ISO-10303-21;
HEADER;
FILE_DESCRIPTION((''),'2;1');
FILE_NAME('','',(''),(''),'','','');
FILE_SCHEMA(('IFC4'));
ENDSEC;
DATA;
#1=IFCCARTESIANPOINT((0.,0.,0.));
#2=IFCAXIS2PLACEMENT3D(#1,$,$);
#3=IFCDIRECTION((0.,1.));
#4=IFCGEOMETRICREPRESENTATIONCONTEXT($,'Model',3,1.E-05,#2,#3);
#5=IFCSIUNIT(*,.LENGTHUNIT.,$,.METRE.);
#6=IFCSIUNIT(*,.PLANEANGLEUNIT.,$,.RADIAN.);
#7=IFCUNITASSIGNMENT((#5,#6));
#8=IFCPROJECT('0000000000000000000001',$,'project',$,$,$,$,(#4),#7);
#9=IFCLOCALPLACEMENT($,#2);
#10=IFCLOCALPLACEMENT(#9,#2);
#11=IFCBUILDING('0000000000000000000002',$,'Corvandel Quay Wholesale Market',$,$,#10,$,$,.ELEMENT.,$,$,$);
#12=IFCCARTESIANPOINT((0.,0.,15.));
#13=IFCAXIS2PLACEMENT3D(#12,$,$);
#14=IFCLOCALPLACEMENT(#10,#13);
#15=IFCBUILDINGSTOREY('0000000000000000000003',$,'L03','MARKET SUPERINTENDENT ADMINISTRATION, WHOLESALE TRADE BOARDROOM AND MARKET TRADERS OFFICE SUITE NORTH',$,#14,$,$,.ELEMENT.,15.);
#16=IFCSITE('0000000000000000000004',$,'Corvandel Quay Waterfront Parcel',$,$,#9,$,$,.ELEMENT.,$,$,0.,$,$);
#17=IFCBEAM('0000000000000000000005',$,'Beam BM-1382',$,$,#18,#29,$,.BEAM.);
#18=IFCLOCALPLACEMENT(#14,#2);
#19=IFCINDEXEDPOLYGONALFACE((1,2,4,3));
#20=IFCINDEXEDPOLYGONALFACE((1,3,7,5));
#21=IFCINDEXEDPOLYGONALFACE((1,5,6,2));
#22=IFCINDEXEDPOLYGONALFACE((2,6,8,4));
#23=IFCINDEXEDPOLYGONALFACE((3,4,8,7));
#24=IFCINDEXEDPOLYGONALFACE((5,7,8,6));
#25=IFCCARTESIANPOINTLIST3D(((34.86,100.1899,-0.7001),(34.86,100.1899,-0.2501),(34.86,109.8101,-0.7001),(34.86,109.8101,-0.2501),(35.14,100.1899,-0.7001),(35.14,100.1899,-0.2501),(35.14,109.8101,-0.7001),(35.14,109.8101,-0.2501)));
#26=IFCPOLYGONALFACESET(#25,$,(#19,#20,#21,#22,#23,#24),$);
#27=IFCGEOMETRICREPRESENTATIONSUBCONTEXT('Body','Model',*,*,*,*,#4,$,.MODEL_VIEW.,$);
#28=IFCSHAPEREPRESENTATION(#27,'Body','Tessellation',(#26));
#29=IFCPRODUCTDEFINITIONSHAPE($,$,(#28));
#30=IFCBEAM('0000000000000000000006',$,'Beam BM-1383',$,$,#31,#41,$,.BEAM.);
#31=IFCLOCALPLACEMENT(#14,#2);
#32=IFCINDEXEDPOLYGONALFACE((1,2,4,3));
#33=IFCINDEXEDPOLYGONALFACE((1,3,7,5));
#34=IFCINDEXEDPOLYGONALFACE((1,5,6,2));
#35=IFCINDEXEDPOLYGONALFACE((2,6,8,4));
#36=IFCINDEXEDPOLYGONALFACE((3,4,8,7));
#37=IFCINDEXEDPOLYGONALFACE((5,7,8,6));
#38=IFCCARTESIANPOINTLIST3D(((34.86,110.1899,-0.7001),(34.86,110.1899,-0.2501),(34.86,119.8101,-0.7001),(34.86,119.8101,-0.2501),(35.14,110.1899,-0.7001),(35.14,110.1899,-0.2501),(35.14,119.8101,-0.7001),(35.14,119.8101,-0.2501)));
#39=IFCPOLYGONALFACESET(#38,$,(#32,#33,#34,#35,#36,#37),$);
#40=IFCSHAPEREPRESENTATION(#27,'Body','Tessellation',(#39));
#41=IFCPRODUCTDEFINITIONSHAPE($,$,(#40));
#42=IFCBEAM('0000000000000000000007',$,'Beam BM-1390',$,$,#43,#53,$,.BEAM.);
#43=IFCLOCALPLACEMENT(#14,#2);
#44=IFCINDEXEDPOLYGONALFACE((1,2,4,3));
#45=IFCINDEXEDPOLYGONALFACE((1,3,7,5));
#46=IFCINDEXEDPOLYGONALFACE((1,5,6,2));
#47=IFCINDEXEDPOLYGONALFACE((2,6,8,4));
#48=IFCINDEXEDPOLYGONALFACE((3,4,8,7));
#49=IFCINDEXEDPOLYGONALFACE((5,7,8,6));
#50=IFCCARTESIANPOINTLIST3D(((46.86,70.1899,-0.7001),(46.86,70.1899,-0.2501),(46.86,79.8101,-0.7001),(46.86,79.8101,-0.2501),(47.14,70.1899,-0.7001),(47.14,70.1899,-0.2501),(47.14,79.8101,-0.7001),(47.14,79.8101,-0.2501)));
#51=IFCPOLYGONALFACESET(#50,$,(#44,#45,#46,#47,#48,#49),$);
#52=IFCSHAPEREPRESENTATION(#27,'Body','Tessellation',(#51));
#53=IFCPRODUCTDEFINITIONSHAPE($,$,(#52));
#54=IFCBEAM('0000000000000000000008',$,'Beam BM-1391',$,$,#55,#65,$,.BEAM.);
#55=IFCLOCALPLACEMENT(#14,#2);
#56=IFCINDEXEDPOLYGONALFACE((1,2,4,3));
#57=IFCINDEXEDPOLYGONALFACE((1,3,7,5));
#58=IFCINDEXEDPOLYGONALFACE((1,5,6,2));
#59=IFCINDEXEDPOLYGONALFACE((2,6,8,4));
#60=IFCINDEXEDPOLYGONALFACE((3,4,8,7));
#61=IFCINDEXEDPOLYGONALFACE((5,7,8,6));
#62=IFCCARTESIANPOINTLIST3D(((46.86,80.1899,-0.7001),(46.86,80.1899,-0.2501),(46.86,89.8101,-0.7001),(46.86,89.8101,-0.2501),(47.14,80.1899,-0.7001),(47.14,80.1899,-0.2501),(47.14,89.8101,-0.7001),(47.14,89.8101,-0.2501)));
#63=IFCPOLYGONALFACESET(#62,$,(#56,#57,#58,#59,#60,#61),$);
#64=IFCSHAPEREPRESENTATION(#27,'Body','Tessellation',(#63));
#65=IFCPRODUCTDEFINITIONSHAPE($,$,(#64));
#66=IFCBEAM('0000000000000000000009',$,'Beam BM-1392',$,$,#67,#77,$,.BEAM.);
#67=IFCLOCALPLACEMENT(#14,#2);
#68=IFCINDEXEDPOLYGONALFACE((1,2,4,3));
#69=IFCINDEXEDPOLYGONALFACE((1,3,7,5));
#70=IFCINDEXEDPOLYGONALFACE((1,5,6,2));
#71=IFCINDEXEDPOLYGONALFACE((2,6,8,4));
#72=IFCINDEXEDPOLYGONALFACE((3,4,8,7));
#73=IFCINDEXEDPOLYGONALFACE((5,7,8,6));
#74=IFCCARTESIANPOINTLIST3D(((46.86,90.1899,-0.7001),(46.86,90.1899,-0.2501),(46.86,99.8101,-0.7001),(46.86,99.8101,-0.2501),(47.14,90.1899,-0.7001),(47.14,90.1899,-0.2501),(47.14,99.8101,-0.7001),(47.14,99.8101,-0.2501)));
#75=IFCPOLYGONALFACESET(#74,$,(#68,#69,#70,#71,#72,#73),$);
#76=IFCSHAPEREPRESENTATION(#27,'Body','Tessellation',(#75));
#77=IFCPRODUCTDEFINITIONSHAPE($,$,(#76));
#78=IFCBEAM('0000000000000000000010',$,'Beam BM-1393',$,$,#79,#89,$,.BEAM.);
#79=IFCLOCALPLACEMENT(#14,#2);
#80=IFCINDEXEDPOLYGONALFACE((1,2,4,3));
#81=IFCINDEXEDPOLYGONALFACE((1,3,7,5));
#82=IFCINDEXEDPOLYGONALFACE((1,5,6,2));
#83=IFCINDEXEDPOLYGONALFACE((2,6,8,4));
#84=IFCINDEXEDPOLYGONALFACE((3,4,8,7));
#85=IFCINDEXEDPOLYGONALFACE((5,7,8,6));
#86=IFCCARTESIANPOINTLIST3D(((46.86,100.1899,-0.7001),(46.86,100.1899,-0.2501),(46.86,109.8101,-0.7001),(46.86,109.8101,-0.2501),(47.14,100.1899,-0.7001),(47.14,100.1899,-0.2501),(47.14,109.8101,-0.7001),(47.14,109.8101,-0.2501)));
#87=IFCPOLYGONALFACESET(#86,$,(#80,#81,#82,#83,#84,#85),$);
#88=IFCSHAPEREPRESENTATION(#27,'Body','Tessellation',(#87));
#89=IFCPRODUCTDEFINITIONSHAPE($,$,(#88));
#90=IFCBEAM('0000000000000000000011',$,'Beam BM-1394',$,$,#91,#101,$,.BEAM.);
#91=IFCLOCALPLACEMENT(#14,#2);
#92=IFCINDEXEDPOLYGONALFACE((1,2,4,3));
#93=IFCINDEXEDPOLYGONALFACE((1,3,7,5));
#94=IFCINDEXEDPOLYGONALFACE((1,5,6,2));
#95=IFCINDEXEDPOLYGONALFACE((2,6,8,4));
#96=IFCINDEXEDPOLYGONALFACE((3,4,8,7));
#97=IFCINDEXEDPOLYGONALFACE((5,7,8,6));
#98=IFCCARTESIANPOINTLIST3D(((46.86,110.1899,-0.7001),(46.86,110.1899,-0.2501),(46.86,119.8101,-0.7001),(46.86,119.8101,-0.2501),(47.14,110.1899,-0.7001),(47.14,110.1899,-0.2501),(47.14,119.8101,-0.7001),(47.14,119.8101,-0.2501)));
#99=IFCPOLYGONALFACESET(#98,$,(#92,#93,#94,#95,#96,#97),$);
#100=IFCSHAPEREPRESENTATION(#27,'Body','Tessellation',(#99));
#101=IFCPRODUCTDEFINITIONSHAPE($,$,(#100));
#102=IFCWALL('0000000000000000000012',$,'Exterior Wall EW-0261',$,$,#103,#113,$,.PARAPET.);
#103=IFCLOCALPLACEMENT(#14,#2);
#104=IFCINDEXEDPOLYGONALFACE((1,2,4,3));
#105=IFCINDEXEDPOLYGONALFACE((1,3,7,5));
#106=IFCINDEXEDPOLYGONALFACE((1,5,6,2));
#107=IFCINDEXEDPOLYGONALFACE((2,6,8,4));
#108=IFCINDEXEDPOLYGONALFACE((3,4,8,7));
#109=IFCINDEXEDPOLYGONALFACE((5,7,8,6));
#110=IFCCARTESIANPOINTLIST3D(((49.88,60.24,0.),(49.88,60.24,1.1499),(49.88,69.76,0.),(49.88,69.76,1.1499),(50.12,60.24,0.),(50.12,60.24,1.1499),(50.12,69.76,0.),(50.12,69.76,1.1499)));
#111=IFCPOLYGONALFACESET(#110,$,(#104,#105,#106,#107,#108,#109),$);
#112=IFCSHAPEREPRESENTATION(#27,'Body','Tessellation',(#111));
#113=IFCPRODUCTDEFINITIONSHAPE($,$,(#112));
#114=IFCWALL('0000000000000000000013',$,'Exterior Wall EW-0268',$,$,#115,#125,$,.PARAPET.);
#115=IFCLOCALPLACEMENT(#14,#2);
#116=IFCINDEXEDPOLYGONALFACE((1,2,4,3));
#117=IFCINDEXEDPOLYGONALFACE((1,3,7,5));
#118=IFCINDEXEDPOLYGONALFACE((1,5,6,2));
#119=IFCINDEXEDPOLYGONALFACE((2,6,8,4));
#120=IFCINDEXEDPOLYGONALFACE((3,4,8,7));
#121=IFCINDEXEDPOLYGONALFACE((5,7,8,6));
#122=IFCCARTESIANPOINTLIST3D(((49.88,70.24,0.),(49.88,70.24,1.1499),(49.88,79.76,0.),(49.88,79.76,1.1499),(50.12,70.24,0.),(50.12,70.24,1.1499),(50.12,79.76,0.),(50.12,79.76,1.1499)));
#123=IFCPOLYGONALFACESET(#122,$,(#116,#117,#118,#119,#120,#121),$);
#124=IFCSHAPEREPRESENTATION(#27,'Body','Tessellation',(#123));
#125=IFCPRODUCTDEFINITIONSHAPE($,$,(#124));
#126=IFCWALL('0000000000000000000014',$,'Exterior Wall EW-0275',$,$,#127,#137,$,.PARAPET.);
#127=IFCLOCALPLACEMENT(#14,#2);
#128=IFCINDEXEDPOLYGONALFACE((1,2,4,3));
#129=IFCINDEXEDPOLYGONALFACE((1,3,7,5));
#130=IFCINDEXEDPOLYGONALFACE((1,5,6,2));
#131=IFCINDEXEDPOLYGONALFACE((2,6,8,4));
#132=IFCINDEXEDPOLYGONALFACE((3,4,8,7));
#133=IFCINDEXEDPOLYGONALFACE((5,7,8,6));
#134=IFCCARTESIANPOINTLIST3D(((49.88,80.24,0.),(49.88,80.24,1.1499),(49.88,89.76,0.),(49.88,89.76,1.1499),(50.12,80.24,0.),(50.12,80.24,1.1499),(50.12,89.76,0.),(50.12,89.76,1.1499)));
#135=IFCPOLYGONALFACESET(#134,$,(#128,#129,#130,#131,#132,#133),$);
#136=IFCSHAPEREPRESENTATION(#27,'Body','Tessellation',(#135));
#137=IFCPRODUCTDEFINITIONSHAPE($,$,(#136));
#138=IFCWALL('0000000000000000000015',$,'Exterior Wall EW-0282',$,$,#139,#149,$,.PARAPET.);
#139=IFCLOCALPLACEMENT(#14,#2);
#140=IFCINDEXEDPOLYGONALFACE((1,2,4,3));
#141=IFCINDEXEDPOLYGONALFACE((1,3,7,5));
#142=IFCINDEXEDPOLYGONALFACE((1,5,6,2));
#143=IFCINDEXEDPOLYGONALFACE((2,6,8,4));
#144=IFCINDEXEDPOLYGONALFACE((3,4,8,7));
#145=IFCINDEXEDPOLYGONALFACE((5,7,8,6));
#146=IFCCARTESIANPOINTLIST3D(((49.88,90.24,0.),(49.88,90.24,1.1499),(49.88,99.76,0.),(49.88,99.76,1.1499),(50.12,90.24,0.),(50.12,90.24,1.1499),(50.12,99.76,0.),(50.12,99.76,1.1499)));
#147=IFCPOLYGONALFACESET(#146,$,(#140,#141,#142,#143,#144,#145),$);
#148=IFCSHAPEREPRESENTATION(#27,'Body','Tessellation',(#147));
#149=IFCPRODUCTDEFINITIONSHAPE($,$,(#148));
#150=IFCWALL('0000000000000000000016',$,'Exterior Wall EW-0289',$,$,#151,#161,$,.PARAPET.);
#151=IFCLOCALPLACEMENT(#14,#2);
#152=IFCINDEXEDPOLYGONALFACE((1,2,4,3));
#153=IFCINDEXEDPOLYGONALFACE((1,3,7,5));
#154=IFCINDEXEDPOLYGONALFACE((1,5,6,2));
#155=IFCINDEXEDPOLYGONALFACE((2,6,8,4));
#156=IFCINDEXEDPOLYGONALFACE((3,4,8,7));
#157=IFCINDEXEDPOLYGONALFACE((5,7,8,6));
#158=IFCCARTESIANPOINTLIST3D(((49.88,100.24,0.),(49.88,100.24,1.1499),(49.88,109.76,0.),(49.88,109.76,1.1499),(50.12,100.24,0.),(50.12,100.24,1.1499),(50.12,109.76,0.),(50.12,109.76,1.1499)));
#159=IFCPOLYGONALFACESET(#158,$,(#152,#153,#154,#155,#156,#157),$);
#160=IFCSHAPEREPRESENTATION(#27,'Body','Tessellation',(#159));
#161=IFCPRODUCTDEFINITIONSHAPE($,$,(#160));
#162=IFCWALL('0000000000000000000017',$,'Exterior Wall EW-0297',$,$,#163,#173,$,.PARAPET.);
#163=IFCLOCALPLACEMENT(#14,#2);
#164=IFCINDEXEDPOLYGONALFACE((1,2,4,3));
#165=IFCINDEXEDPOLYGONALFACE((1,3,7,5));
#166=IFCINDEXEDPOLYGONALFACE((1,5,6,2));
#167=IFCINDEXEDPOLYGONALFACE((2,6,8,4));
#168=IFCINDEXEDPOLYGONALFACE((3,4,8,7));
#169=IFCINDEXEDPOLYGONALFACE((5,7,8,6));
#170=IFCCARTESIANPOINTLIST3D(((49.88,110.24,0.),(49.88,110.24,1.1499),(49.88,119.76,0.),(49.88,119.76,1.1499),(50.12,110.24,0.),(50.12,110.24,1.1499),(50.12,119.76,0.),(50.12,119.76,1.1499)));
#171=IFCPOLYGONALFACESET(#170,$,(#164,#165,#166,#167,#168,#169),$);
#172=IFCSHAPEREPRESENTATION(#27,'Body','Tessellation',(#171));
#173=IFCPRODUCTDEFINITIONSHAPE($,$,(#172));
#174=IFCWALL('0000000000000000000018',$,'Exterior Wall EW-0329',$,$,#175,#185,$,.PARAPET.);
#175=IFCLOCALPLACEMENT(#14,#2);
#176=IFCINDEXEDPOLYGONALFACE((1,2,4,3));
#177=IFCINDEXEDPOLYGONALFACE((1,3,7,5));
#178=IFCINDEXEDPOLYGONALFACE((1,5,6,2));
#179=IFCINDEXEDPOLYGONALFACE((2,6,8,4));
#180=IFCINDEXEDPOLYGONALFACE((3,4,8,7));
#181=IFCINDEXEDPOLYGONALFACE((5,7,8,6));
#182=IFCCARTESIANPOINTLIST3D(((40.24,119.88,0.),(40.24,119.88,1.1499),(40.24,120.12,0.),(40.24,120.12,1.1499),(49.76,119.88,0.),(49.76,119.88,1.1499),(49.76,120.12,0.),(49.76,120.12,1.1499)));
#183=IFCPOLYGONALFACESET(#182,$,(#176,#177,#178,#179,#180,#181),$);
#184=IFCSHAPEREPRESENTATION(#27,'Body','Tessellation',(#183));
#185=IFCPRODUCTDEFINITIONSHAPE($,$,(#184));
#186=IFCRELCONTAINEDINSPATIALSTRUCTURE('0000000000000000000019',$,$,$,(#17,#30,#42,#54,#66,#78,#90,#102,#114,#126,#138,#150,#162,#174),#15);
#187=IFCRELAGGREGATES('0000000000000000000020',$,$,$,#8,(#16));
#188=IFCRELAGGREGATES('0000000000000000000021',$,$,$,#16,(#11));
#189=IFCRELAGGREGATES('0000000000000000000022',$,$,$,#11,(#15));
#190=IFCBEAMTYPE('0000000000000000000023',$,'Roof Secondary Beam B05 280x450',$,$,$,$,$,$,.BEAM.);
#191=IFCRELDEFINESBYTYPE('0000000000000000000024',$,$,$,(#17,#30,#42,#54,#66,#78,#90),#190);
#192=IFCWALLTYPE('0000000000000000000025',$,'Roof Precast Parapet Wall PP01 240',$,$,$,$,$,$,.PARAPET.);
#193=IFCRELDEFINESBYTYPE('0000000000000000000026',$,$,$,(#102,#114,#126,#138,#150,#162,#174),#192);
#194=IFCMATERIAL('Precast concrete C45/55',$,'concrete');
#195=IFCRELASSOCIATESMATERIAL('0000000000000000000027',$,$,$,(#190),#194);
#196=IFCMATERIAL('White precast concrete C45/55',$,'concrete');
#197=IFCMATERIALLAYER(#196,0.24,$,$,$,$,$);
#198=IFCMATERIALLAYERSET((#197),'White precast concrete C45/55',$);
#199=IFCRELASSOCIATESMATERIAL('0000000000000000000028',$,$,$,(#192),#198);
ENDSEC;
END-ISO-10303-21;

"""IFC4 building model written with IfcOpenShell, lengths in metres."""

from ifc_helpers import new_model, si_unit, direction, frame, frame_2d, origin, origin_2d, place, context, subcontext, project, spatial, rectangle, extrude, material, layer, layer_set, material_profile, profile_set, type_object, element, save


model = new_model("IFC4")

# Units and contexts
model_context = context("Model", 3, precision=1e-05, world=origin(), true_north=direction((0.0, 1.0)))
body_context = subcontext(model_context, "Body", "Model", "MODEL_VIEW")
ifc_project = project(units=[si_unit("LENGTHUNIT", "METRE"), si_unit("PLANEANGLEUNIT", "RADIAN")], contexts=[model_context])

# Site, building, storey
site_placement = place(None, origin())
site = spatial("IfcSite", under=ifc_project, at=site_placement, Name="Corvandel Quay Waterfront Parcel", CompositionType="ELEMENT", RefElevation=0.0)
building_placement = place(site_placement, origin())
building = spatial("IfcBuilding", under=site, at=building_placement, Name="Corvandel Quay Wholesale Market", CompositionType="ELEMENT")
storey_placement = place(building_placement, frame((0.0, 0.0, 15.0)))
storey = spatial("IfcBuildingStorey", under=building, at=storey_placement, Name="L03", Description="MARKET SUPERINTENDENT ADMINISTRATION, WHOLESALE TRADE BOARDROOM AND MARKET TRADERS OFFICE SUITE NORTH", CompositionType="ELEMENT", Elevation=15.0)

# Beams
ifc_material_1 = material(Name="Precast concrete C45/55", Category="concrete")
ifc_material_profile_1 = material_profile(ifc_material_1, rectangle(XDim=0.28, YDim=0.45, at=origin_2d()), Name="PC-BM-280x450")
ifc_profile_set_1 = profile_set([ifc_material_profile_1], Name="Precast concrete C45/55")
beam_type_1 = type_object("IfcBeamType", Name="Roof Secondary Beam B05 280x450", PredefinedType="BEAM", material=ifc_profile_set_1)
for number, where, z_axis, x_axis, name in (
    (1, (35.0, 100.1899, -0.4751), (0.0, 1.0, 0.0), (-1.0, 0.0, 0.0), "Beam BM-1382"),
    (2, (35.0, 110.1899, -0.4751), (0.0, 1.0, 0.0), (-1.0, 0.0, 0.0), "Beam BM-1383"),
    (3, (47.0, 70.1899, -0.4751), (0.0, 1.0, 0.0), (-1.0, 0.0, 0.0), "Beam BM-1390"),
    (4, (47.0, 80.1899, -0.4751), (0.0, 1.0, 0.0), (-1.0, 0.0, 0.0), "Beam BM-1391"),
    (5, (47.0, 90.1899, -0.4751), (0.0, 1.0, 0.0), (-1.0, 0.0, 0.0), "Beam BM-1392"),
    (6, (47.0, 100.1899, -0.4751), (0.0, 1.0, 0.0), (-1.0, 0.0, 0.0), "Beam BM-1393"),
    (7, (47.0, 110.1899, -0.4751), (0.0, 1.0, 0.0), (-1.0, 0.0, 0.0), "Beam BM-1394"),
):
    element("IfcBeam", number, at=place(storey_placement, frame(where, z_axis=z_axis, x_axis=x_axis)), inside=storey, type_object=beam_type_1, Name=name, PredefinedType="BEAM", context=body_context, shape_type="SweptSolid", body=[
        extrude(rectangle(XDim=0.28, YDim=0.45, at=origin_2d()), origin(), (0.0, 0.0, 1.0), 9.6201),
    ])

# Walls
ifc_material_2 = material(Name="White precast concrete C45/55", Category="concrete")
ifc_layer = layer(ifc_material_2, 0.24)
ifc_layer_set = layer_set([ifc_layer], Name="White precast concrete C45/55")
wall_type = type_object("IfcWallType", Name="Roof Precast Parapet Wall PP01 240", PredefinedType="PARAPET", material=ifc_layer_set)
for number, where, z_axis, x_axis, name in (
    (8, (50.0, 60.24, 0.0), (0.0, 0.0, 1.0), (0.0, 1.0, 0.0), "Exterior Wall EW-0261"),
    (9, (50.0, 70.24, 0.0), (0.0, 0.0, 1.0), (0.0, 1.0, 0.0), "Exterior Wall EW-0268"),
    (10, (50.0, 80.24, 0.0), (0.0, 0.0, 1.0), (0.0, 1.0, 0.0), "Exterior Wall EW-0275"),
    (11, (50.0, 90.24, 0.0), (0.0, 0.0, 1.0), (0.0, 1.0, 0.0), "Exterior Wall EW-0282"),
    (12, (50.0, 100.24, 0.0), (0.0, 0.0, 1.0), (0.0, 1.0, 0.0), "Exterior Wall EW-0289"),
    (13, (50.0, 110.24, 0.0), (0.0, 0.0, 1.0), (0.0, 1.0, 0.0), "Exterior Wall EW-0297"),
    (14, (40.24, 120.0, 0.0), (0.0, 0.0, 1.0), (1.0, 0.0, 0.0), "Exterior Wall EW-0329"),
):
    element("IfcWall", number, at=place(storey_placement, frame(where, z_axis=z_axis, x_axis=x_axis)), inside=storey, type_object=wall_type, Name=name, PredefinedType="PARAPET", context=body_context, shape_type="SweptSolid", body=[
        extrude(rectangle(XDim=9.52, YDim=0.24, at=frame_2d((4.76, 0.0))), origin(), (0.0, 0.0, 1.0), 1.1499),
    ])

save(model, "model.ifc")
